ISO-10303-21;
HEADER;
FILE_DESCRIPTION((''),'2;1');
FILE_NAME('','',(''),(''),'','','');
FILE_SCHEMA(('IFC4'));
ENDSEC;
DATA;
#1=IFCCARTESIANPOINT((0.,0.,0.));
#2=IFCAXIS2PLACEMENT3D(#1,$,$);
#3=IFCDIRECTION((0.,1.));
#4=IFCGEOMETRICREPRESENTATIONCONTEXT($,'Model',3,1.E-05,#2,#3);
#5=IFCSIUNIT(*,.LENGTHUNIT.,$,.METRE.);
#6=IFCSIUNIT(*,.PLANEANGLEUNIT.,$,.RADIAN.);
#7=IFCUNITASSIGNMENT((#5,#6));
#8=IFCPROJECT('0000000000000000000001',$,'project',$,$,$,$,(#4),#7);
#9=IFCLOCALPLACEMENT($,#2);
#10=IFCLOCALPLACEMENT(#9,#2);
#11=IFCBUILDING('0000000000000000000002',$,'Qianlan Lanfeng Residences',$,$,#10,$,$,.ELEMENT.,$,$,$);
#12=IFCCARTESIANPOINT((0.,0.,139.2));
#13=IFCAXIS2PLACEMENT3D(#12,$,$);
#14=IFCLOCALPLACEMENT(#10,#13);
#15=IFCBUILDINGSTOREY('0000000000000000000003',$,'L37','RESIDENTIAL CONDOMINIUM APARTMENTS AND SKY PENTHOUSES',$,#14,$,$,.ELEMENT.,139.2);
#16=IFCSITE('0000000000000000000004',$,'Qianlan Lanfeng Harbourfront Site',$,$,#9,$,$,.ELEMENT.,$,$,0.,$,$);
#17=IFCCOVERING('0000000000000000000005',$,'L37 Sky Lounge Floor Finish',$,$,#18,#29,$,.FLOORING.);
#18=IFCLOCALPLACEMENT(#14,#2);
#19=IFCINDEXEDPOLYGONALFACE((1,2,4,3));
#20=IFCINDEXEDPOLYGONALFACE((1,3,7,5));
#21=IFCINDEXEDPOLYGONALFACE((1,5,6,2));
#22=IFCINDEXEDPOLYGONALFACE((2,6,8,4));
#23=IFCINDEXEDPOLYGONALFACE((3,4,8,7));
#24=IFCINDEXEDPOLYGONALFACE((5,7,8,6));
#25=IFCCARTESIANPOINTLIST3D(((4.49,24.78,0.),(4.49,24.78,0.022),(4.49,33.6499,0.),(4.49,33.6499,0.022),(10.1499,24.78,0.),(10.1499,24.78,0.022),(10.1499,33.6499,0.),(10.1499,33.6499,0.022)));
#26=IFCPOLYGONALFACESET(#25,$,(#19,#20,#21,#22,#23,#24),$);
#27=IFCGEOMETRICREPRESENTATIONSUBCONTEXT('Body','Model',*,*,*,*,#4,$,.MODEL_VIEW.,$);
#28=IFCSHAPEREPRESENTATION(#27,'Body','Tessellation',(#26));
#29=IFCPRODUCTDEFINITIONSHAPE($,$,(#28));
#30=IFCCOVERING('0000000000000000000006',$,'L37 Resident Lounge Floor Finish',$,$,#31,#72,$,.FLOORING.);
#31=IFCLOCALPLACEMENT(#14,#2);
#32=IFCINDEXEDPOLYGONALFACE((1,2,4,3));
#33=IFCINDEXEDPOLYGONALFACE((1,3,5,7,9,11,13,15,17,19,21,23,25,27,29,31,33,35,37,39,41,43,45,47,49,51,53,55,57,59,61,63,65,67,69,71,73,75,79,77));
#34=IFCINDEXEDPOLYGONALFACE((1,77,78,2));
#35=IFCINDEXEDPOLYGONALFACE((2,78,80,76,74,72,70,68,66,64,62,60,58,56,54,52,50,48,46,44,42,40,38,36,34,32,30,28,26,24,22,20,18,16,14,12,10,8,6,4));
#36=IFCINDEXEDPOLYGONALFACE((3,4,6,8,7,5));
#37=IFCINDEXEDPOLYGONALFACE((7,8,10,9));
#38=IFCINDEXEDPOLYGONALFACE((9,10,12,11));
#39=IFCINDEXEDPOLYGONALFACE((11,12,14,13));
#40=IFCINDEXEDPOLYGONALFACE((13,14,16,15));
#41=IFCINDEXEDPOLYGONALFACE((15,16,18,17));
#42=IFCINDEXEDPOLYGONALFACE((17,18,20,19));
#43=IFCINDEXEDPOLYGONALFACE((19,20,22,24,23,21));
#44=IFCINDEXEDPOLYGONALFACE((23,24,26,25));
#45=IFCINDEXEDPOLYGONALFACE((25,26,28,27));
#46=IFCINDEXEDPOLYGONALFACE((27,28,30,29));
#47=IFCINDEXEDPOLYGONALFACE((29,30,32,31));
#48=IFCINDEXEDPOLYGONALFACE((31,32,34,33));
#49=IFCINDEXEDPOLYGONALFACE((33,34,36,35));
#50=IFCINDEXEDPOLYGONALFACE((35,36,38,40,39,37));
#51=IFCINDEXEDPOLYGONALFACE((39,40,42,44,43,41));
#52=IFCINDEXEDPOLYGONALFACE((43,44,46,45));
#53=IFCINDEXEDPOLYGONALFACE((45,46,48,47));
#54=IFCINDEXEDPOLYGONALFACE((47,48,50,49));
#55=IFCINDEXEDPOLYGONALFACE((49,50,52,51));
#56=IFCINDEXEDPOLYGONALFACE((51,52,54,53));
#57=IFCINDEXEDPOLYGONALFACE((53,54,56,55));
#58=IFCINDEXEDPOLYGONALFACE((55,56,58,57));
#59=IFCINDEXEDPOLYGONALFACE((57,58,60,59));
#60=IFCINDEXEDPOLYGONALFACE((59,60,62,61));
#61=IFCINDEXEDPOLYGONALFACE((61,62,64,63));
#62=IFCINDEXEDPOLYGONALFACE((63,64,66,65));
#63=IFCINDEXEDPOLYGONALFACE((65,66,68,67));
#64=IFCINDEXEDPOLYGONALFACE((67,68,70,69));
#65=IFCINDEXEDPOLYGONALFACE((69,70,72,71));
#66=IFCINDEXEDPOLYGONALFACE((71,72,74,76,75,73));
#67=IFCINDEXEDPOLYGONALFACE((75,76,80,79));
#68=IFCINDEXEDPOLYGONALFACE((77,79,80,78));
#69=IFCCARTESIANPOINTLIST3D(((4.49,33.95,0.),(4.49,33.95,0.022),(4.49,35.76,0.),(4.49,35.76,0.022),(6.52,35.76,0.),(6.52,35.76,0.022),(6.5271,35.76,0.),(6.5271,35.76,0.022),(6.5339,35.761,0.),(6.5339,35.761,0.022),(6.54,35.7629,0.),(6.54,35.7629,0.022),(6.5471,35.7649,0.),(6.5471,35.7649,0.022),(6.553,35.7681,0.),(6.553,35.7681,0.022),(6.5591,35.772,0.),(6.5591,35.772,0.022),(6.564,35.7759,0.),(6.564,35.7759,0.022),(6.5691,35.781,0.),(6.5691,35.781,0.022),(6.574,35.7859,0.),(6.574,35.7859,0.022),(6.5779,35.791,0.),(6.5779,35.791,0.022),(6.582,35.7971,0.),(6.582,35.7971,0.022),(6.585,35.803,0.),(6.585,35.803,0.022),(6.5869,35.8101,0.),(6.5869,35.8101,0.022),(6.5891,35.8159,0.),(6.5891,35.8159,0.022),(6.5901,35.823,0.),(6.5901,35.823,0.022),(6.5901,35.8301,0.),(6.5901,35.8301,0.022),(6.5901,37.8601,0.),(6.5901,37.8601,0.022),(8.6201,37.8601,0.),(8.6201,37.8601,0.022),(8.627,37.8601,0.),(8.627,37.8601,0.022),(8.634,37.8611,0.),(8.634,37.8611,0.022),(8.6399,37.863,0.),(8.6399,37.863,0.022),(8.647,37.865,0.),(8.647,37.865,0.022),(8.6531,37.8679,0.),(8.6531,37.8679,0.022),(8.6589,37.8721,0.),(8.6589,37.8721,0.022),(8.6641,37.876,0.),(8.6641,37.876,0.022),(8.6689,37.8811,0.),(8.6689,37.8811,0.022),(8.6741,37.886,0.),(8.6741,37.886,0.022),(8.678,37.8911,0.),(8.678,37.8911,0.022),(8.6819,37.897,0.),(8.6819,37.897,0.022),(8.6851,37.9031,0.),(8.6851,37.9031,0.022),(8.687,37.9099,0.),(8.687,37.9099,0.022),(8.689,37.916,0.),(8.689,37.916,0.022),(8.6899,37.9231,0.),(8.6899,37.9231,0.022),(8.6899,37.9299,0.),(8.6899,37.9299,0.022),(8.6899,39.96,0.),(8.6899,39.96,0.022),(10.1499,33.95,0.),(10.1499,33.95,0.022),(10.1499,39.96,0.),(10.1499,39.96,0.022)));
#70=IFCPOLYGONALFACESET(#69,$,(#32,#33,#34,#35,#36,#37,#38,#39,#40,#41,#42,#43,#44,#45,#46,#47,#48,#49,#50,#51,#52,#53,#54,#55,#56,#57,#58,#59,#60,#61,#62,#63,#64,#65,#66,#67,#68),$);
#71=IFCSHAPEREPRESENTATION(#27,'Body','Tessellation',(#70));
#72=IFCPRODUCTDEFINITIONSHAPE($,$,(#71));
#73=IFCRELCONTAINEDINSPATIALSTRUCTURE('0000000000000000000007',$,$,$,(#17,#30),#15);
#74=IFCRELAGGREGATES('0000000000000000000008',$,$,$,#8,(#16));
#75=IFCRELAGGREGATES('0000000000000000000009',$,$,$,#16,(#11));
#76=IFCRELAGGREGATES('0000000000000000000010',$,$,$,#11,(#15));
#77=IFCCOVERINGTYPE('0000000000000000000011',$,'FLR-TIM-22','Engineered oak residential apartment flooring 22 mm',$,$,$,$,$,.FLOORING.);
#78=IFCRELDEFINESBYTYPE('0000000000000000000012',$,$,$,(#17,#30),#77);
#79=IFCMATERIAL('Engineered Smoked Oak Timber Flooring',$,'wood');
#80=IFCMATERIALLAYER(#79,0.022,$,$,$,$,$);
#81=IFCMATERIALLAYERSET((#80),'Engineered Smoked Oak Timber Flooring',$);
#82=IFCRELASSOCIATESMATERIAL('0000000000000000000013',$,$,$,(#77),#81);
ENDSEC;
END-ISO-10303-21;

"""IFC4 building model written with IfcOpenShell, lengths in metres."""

from ifc_helpers import new_model, si_unit, direction, frame, origin, place, context, subcontext, project, spatial, polyline, outline, extrude, material, layer, layer_set, type_object, element, save


model = new_model("IFC4")

# Units and contexts
model_context = context("Model", 3, precision=1e-05, world=origin(), true_north=direction((0.0, 1.0)))
body_context = subcontext(model_context, "Body", "Model", "MODEL_VIEW")
ifc_project = project(units=[si_unit("LENGTHUNIT", "METRE"), si_unit("PLANEANGLEUNIT", "RADIAN")], contexts=[model_context])

# Site, building, storey
site_placement = place(None, origin())
site = spatial("IfcSite", under=ifc_project, at=site_placement, Name="Qianlan Lanfeng Harbourfront Site", CompositionType="ELEMENT", RefElevation=0.0)
building_placement = place(site_placement, origin())
building = spatial("IfcBuilding", under=site, at=building_placement, Name="Qianlan Lanfeng Residences", CompositionType="ELEMENT")
storey_placement = place(building_placement, frame((0.0, 0.0, 139.2)))
storey = spatial("IfcBuildingStorey", under=building, at=storey_placement, Name="L37", Description="RESIDENTIAL CONDOMINIUM APARTMENTS AND SKY PENTHOUSES", CompositionType="ELEMENT", Elevation=139.2)

# Coverings
ifc_material_1 = material(Name="Engineered Smoked Oak Timber Flooring", Category="wood")
ifc_layer_1 = layer(ifc_material_1, 0.022)
ifc_layer_set_1 = layer_set([ifc_layer_1], Name="Engineered Smoked Oak Timber Flooring")
covering_type_1 = type_object("IfcCoveringType", Name="FLR-TIM-22", Description="Engineered oak residential apartment flooring 22 mm", PredefinedType="FLOORING", material=ifc_layer_set_1)
covering_1_placement = place(storey_placement, origin())
element("IfcCovering", 1, at=covering_1_placement, inside=storey, type_object=covering_type_1, Name="L37 Sky Lounge Floor Finish", PredefinedType="FLOORING", context=body_context, shape_type="SweptSolid", body=[
    extrude(outline(polyline([(10.1499, 33.6499), (4.49, 33.6499), (4.49, 24.78), (10.1499, 24.78), (10.1499, 33.6499)])), origin(), (0.0, 0.0, 1.0), 0.022),
])
covering_2_placement = place(storey_placement, origin())
element("IfcCovering", 2, at=covering_2_placement, inside=storey, type_object=covering_type_1, Name="L37 Resident Lounge Floor Finish", PredefinedType="FLOORING", context=body_context, shape_type="SweptSolid", body=[
    extrude(outline(polyline([(4.49, 33.95), (10.1499, 33.95), (10.1499, 39.96), (8.6899, 39.96), (8.6899, 37.9299), (8.6899, 37.9231), (8.689, 37.916), (8.687, 37.9099), (8.6851, 37.9031), (8.6819, 37.897), (8.678, 37.8911), (8.6741, 37.886), (8.6689, 37.8811), (8.6641, 37.876), (8.6589, 37.8721), (8.6531, 37.8679), (8.647, 37.865), (8.6399, 37.863), (8.634, 37.8611), (8.627, 37.8601), (8.6201, 37.8601), (6.5901, 37.8601), (6.5901, 35.8301), (6.5901, 35.823), (6.5891, 35.8159), (6.5869, 35.8101), (6.585, 35.803), (6.582, 35.7971), (6.5779, 35.791), (6.574, 35.7859), (6.5691, 35.781), (6.564, 35.7759), (6.5591, 35.772), (6.553, 35.7681), (6.5471, 35.7649), (6.54, 35.7629), (6.5339, 35.761), (6.5271, 35.76), (6.52, 35.76), (4.49, 35.76), (4.49, 33.95)])), origin(), (0.0, 0.0, 1.0), 0.022),
])

save(model, "model.ifc")
